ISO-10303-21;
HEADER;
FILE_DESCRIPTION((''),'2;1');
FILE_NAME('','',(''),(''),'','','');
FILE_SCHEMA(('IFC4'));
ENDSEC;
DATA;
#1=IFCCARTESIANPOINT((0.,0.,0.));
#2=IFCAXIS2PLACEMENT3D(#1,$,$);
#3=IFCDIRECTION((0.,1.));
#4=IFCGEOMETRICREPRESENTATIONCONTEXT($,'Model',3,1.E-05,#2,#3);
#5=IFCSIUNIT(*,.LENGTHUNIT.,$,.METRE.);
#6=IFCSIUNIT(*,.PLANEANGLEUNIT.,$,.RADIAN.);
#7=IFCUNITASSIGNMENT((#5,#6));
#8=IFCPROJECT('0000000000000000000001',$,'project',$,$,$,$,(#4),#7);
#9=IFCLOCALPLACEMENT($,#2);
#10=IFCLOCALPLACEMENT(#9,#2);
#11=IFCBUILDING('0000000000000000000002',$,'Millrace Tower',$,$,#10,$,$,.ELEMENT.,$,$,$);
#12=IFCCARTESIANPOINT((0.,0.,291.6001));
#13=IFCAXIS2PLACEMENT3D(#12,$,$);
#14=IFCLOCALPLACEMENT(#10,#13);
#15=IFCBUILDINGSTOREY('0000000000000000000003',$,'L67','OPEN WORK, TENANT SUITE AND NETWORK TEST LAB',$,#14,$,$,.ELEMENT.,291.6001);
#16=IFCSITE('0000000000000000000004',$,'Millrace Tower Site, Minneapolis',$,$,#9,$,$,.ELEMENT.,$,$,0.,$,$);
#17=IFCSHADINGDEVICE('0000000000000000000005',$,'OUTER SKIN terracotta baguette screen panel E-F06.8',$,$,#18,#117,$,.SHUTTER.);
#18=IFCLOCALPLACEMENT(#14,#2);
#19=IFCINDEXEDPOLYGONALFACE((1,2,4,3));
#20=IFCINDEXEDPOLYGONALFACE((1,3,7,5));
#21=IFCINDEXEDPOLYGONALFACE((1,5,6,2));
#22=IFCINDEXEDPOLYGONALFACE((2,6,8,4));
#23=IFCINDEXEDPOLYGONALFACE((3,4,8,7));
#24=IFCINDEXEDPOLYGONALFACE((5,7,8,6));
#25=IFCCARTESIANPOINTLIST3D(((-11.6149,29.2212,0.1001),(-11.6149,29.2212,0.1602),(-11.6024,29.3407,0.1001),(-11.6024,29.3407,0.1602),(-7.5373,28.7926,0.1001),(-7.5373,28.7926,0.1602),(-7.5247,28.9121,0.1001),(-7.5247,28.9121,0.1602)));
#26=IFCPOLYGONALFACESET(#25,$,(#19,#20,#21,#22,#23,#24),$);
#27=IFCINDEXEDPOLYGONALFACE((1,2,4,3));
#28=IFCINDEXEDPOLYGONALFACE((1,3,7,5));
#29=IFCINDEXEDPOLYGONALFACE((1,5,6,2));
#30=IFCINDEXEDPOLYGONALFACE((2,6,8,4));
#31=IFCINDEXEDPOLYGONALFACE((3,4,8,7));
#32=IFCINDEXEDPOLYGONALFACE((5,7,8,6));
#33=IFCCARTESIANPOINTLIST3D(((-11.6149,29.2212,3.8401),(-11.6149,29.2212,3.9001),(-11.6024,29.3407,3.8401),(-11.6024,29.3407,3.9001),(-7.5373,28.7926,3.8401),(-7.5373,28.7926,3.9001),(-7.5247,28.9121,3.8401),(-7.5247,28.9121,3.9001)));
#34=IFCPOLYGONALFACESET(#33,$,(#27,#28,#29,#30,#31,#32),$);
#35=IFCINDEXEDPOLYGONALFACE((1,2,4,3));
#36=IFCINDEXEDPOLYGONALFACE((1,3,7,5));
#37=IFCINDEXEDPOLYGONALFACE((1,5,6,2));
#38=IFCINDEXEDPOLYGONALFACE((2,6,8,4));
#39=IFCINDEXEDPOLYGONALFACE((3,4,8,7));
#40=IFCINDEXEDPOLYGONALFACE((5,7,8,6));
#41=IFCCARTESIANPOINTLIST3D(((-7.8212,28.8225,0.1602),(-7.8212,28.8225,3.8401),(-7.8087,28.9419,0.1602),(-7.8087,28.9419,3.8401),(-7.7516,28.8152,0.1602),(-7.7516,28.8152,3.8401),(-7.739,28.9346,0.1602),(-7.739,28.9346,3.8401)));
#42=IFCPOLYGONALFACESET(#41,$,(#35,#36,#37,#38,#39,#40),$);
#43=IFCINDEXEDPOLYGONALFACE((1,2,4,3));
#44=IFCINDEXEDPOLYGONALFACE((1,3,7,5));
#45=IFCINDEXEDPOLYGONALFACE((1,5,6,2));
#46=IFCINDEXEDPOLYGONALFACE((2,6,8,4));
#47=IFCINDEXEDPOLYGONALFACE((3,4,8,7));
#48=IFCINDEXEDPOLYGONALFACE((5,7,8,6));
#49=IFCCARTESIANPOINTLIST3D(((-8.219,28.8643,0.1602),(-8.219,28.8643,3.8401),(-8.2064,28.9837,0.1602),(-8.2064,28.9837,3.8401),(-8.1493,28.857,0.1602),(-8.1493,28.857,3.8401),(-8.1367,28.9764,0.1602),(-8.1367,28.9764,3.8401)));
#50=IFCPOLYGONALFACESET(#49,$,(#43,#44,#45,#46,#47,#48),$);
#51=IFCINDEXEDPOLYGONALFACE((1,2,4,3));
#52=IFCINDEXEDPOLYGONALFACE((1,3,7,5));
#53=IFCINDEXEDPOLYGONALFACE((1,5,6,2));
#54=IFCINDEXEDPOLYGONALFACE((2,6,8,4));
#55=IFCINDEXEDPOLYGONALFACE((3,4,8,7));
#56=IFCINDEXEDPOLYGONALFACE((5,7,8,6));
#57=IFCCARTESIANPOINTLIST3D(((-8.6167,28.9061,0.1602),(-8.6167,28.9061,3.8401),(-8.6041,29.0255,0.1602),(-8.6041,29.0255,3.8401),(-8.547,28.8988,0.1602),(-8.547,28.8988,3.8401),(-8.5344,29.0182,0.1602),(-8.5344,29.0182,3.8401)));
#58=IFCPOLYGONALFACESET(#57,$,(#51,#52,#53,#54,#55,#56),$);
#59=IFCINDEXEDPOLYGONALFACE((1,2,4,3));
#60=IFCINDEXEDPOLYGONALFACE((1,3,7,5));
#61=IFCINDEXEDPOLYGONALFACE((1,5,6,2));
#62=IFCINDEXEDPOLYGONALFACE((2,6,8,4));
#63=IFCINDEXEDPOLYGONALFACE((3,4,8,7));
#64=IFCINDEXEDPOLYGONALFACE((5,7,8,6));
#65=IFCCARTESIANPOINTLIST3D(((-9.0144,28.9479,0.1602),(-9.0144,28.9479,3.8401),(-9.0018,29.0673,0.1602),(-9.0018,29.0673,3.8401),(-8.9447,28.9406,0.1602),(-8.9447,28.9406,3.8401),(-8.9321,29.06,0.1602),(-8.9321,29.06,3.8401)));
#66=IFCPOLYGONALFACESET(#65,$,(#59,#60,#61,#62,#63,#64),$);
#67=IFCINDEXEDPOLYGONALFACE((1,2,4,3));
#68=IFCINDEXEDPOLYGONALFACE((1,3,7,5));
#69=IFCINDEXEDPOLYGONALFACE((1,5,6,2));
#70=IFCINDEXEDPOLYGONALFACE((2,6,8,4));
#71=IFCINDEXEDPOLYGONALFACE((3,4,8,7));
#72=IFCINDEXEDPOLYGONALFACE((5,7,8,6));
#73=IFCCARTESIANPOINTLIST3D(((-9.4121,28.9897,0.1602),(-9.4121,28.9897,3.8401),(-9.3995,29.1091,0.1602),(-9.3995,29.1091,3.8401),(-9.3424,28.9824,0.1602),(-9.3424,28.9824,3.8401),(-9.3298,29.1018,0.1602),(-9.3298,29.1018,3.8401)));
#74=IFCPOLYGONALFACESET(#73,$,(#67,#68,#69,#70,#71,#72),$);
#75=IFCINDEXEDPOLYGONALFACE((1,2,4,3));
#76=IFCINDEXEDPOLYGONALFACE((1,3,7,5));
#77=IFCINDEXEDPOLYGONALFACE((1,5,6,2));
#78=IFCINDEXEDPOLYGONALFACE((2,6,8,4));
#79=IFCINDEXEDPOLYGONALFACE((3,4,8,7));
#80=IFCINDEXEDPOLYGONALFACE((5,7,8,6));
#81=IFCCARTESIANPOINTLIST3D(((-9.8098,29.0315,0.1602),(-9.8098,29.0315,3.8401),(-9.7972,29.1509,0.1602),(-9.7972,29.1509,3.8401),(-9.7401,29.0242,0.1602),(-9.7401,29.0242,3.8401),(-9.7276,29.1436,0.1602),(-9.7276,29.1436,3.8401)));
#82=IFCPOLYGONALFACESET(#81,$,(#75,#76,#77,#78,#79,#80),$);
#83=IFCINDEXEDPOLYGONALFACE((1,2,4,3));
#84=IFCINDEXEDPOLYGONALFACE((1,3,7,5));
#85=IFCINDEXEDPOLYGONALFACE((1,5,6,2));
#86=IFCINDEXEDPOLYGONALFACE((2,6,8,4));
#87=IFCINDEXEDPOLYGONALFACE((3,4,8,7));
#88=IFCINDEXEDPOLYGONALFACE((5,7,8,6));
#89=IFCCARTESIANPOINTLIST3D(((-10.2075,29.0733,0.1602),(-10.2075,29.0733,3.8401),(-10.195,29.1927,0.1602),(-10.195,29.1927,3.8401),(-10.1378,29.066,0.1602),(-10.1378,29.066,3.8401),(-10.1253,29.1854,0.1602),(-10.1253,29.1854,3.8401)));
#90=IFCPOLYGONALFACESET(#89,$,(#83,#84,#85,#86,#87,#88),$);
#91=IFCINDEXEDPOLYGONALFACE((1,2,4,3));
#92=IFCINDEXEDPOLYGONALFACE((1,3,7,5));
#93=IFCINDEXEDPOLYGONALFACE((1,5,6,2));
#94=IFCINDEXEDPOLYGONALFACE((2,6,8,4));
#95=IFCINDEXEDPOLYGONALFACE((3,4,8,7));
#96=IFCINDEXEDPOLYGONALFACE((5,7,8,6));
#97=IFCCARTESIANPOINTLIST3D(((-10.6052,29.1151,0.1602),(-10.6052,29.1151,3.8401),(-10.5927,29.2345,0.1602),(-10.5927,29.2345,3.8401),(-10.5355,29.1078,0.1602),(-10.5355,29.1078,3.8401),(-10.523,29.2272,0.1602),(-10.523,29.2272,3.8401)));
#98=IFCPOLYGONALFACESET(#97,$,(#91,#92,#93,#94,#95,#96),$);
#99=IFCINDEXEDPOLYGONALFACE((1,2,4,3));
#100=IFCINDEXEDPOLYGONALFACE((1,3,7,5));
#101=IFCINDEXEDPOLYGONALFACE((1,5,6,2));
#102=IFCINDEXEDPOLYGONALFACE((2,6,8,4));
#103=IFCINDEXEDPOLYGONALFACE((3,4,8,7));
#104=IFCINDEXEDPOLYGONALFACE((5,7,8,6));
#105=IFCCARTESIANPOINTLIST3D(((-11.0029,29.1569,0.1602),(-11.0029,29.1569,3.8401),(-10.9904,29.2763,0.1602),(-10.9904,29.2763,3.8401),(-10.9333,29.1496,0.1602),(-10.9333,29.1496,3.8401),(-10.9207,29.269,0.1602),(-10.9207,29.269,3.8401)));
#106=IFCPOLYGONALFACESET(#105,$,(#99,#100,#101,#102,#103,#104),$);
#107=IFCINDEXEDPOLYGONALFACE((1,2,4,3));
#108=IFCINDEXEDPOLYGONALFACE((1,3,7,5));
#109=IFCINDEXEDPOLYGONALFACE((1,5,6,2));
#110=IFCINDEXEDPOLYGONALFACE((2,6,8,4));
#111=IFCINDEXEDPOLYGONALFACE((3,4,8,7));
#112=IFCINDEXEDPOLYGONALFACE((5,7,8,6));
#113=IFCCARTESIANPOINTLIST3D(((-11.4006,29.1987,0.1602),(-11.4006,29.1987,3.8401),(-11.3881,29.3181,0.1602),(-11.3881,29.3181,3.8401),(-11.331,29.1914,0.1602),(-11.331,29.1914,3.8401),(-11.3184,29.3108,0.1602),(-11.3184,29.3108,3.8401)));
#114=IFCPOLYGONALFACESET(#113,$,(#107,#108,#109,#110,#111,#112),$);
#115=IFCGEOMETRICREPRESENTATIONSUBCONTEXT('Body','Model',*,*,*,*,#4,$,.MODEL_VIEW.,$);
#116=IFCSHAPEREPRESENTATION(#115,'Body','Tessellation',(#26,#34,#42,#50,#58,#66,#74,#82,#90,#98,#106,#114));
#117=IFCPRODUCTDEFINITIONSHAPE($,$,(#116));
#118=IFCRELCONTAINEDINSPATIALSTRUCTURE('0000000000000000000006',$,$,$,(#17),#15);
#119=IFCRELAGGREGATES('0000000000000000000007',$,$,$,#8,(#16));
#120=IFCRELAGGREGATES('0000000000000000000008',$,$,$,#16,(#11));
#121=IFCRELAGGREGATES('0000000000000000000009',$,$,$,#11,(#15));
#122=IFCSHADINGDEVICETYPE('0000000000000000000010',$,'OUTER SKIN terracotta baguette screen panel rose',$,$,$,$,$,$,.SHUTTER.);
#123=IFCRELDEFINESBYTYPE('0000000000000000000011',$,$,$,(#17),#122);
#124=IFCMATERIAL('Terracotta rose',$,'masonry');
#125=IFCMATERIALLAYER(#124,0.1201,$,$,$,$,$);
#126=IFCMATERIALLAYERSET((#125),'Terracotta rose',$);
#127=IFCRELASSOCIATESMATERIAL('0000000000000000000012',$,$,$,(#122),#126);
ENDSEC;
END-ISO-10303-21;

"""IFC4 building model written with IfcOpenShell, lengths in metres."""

from ifc_helpers import new_model, entity, si_unit, direction, frame, frame_2d, origin, place, context, subcontext, project, spatial, rectangle, extrude, source, transform, mapped, material, layer, layer_set, type_object, element, save


model = new_model("IFC4")

# Units and contexts
model_context = context("Model", 3, precision=1e-05, world=origin(), true_north=direction((0.0, 1.0)))
body_context = subcontext(model_context, "Body", "Model", "MODEL_VIEW")
ifc_project = project(units=[si_unit("LENGTHUNIT", "METRE"), si_unit("PLANEANGLEUNIT", "RADIAN")], contexts=[model_context])

# Site, building, storey
site_placement = place(None, origin())
site = spatial("IfcSite", under=ifc_project, at=site_placement, Name="Millrace Tower Site, Minneapolis", CompositionType="ELEMENT", RefElevation=0.0)
building_placement = place(site_placement, origin())
building = spatial("IfcBuilding", under=site, at=building_placement, Name="Millrace Tower", CompositionType="ELEMENT")
storey_placement = place(building_placement, frame((0.0, 0.0, 291.6001)))
storey = spatial("IfcBuildingStorey", under=building, at=storey_placement, Name="L67", Description="OPEN WORK, TENANT SUITE AND NETWORK TEST LAB", CompositionType="ELEMENT", Elevation=291.6001)

# Shading device
ifc_material_1 = material(Name="Terracotta rose", Category="masonry")
ifc_layer_1 = layer(ifc_material_1, 0.1201)
ifc_layer_set_1 = layer_set([ifc_layer_1], Name="Terracotta rose")
shading_device_type = type_object("IfcShadingDeviceType", Name="OUTER SKIN terracotta baguette screen panel rose", PredefinedType="SHUTTER", material=ifc_layer_set_1)
cartesian_point_1 = entity("IfcCartesianPoint", [-2.05, 0.0601])
shared_polyline_1 = entity("IfcPolyline", [cartesian_point_1, entity("IfcCartesianPoint", [2.05, 0.0601]), entity("IfcCartesianPoint", [2.05, -0.0601]), entity("IfcCartesianPoint", [-2.05, -0.0601]), cartesian_point_1])
shared_shape_1 = source(origin(), body_context, "Body", "SweptSolid", [
    entity("IfcExtrudedAreaSolid", entity("IfcArbitraryClosedProfileDef", "AREA", None, shared_polyline_1), entity("IfcAxis2Placement3D", entity("IfcCartesianPoint", [0.0, 0.0, 0.0])), entity("IfcDirection", [0.0, 0.0, 1.0]), 0.0601),
    entity("IfcExtrudedAreaSolid", entity("IfcArbitraryClosedProfileDef", "AREA", None, shared_polyline_1), entity("IfcAxis2Placement3D", entity("IfcCartesianPoint", [0.0, 0.0, 3.74])), entity("IfcDirection", [0.0, 0.0, 1.0]), 0.0601),
    extrude(rectangle(XDim=0.0701, YDim=0.1201, at=frame_2d((-1.7996, 0.0))), frame((0.0, 0.0, 0.0601)), (0.0, 0.0, 1.0), 3.6799),
    extrude(rectangle(XDim=0.0701, YDim=0.1201, at=frame_2d((-1.3997, 0.0))), frame((0.0, 0.0, 0.0601)), (0.0, 0.0, 1.0), 3.6799),
    extrude(rectangle(XDim=0.0701, YDim=0.1201, at=frame_2d((-0.9998, 0.0))), frame((0.0, 0.0, 0.0601)), (0.0, 0.0, 1.0), 3.6799),
    extrude(rectangle(XDim=0.0701, YDim=0.1201, at=frame_2d((-0.5999, 0.0))), frame((0.0, 0.0, 0.0601)), (0.0, 0.0, 1.0), 3.6799),
    extrude(rectangle(XDim=0.0701, YDim=0.1201, at=frame_2d((-0.2, 0.0))), frame((0.0, 0.0, 0.0601)), (0.0, 0.0, 1.0), 3.6799),
    extrude(rectangle(XDim=0.0701, YDim=0.1201, at=frame_2d((0.2, 0.0))), frame((0.0, 0.0, 0.0601)), (0.0, 0.0, 1.0), 3.6799),
    extrude(rectangle(XDim=0.0701, YDim=0.1201, at=frame_2d((0.5999, 0.0))), frame((0.0, 0.0, 0.0601)), (0.0, 0.0, 1.0), 3.6799),
    extrude(rectangle(XDim=0.0701, YDim=0.1201, at=frame_2d((0.9998, 0.0))), frame((0.0, 0.0, 0.0601)), (0.0, 0.0, 1.0), 3.6799),
    extrude(rectangle(XDim=0.0701, YDim=0.1201, at=frame_2d((1.3997, 0.0))), frame((0.0, 0.0, 0.0601)), (0.0, 0.0, 1.0), 3.6799),
    extrude(rectangle(XDim=0.0701, YDim=0.1201, at=frame_2d((1.7996, 0.0))), frame((0.0, 0.0, 0.0601)), (0.0, 0.0, 1.0), 3.6799),
])
for number, where, z_axis, x_axis, name in (
    (1, (-9.5698, 29.0667, 0.1001), (0.0, 0.0, 1.0), (-0.994522, 0.104528, 0.0), "OUTER SKIN terracotta baguette screen panel E-F06.8"),
):
    element("IfcShadingDevice", number, at=place(storey_placement, frame(where, z_axis=z_axis, x_axis=x_axis)), inside=storey, type_object=shading_device_type, Name=name, PredefinedType="SHUTTER", context=body_context, shape_type="MappedRepresentation", body=[
        mapped(shared_shape_1, transform((0.0, 0.0, 0.0), scale=1.0)),
    ])

save(model, "model.ifc")
